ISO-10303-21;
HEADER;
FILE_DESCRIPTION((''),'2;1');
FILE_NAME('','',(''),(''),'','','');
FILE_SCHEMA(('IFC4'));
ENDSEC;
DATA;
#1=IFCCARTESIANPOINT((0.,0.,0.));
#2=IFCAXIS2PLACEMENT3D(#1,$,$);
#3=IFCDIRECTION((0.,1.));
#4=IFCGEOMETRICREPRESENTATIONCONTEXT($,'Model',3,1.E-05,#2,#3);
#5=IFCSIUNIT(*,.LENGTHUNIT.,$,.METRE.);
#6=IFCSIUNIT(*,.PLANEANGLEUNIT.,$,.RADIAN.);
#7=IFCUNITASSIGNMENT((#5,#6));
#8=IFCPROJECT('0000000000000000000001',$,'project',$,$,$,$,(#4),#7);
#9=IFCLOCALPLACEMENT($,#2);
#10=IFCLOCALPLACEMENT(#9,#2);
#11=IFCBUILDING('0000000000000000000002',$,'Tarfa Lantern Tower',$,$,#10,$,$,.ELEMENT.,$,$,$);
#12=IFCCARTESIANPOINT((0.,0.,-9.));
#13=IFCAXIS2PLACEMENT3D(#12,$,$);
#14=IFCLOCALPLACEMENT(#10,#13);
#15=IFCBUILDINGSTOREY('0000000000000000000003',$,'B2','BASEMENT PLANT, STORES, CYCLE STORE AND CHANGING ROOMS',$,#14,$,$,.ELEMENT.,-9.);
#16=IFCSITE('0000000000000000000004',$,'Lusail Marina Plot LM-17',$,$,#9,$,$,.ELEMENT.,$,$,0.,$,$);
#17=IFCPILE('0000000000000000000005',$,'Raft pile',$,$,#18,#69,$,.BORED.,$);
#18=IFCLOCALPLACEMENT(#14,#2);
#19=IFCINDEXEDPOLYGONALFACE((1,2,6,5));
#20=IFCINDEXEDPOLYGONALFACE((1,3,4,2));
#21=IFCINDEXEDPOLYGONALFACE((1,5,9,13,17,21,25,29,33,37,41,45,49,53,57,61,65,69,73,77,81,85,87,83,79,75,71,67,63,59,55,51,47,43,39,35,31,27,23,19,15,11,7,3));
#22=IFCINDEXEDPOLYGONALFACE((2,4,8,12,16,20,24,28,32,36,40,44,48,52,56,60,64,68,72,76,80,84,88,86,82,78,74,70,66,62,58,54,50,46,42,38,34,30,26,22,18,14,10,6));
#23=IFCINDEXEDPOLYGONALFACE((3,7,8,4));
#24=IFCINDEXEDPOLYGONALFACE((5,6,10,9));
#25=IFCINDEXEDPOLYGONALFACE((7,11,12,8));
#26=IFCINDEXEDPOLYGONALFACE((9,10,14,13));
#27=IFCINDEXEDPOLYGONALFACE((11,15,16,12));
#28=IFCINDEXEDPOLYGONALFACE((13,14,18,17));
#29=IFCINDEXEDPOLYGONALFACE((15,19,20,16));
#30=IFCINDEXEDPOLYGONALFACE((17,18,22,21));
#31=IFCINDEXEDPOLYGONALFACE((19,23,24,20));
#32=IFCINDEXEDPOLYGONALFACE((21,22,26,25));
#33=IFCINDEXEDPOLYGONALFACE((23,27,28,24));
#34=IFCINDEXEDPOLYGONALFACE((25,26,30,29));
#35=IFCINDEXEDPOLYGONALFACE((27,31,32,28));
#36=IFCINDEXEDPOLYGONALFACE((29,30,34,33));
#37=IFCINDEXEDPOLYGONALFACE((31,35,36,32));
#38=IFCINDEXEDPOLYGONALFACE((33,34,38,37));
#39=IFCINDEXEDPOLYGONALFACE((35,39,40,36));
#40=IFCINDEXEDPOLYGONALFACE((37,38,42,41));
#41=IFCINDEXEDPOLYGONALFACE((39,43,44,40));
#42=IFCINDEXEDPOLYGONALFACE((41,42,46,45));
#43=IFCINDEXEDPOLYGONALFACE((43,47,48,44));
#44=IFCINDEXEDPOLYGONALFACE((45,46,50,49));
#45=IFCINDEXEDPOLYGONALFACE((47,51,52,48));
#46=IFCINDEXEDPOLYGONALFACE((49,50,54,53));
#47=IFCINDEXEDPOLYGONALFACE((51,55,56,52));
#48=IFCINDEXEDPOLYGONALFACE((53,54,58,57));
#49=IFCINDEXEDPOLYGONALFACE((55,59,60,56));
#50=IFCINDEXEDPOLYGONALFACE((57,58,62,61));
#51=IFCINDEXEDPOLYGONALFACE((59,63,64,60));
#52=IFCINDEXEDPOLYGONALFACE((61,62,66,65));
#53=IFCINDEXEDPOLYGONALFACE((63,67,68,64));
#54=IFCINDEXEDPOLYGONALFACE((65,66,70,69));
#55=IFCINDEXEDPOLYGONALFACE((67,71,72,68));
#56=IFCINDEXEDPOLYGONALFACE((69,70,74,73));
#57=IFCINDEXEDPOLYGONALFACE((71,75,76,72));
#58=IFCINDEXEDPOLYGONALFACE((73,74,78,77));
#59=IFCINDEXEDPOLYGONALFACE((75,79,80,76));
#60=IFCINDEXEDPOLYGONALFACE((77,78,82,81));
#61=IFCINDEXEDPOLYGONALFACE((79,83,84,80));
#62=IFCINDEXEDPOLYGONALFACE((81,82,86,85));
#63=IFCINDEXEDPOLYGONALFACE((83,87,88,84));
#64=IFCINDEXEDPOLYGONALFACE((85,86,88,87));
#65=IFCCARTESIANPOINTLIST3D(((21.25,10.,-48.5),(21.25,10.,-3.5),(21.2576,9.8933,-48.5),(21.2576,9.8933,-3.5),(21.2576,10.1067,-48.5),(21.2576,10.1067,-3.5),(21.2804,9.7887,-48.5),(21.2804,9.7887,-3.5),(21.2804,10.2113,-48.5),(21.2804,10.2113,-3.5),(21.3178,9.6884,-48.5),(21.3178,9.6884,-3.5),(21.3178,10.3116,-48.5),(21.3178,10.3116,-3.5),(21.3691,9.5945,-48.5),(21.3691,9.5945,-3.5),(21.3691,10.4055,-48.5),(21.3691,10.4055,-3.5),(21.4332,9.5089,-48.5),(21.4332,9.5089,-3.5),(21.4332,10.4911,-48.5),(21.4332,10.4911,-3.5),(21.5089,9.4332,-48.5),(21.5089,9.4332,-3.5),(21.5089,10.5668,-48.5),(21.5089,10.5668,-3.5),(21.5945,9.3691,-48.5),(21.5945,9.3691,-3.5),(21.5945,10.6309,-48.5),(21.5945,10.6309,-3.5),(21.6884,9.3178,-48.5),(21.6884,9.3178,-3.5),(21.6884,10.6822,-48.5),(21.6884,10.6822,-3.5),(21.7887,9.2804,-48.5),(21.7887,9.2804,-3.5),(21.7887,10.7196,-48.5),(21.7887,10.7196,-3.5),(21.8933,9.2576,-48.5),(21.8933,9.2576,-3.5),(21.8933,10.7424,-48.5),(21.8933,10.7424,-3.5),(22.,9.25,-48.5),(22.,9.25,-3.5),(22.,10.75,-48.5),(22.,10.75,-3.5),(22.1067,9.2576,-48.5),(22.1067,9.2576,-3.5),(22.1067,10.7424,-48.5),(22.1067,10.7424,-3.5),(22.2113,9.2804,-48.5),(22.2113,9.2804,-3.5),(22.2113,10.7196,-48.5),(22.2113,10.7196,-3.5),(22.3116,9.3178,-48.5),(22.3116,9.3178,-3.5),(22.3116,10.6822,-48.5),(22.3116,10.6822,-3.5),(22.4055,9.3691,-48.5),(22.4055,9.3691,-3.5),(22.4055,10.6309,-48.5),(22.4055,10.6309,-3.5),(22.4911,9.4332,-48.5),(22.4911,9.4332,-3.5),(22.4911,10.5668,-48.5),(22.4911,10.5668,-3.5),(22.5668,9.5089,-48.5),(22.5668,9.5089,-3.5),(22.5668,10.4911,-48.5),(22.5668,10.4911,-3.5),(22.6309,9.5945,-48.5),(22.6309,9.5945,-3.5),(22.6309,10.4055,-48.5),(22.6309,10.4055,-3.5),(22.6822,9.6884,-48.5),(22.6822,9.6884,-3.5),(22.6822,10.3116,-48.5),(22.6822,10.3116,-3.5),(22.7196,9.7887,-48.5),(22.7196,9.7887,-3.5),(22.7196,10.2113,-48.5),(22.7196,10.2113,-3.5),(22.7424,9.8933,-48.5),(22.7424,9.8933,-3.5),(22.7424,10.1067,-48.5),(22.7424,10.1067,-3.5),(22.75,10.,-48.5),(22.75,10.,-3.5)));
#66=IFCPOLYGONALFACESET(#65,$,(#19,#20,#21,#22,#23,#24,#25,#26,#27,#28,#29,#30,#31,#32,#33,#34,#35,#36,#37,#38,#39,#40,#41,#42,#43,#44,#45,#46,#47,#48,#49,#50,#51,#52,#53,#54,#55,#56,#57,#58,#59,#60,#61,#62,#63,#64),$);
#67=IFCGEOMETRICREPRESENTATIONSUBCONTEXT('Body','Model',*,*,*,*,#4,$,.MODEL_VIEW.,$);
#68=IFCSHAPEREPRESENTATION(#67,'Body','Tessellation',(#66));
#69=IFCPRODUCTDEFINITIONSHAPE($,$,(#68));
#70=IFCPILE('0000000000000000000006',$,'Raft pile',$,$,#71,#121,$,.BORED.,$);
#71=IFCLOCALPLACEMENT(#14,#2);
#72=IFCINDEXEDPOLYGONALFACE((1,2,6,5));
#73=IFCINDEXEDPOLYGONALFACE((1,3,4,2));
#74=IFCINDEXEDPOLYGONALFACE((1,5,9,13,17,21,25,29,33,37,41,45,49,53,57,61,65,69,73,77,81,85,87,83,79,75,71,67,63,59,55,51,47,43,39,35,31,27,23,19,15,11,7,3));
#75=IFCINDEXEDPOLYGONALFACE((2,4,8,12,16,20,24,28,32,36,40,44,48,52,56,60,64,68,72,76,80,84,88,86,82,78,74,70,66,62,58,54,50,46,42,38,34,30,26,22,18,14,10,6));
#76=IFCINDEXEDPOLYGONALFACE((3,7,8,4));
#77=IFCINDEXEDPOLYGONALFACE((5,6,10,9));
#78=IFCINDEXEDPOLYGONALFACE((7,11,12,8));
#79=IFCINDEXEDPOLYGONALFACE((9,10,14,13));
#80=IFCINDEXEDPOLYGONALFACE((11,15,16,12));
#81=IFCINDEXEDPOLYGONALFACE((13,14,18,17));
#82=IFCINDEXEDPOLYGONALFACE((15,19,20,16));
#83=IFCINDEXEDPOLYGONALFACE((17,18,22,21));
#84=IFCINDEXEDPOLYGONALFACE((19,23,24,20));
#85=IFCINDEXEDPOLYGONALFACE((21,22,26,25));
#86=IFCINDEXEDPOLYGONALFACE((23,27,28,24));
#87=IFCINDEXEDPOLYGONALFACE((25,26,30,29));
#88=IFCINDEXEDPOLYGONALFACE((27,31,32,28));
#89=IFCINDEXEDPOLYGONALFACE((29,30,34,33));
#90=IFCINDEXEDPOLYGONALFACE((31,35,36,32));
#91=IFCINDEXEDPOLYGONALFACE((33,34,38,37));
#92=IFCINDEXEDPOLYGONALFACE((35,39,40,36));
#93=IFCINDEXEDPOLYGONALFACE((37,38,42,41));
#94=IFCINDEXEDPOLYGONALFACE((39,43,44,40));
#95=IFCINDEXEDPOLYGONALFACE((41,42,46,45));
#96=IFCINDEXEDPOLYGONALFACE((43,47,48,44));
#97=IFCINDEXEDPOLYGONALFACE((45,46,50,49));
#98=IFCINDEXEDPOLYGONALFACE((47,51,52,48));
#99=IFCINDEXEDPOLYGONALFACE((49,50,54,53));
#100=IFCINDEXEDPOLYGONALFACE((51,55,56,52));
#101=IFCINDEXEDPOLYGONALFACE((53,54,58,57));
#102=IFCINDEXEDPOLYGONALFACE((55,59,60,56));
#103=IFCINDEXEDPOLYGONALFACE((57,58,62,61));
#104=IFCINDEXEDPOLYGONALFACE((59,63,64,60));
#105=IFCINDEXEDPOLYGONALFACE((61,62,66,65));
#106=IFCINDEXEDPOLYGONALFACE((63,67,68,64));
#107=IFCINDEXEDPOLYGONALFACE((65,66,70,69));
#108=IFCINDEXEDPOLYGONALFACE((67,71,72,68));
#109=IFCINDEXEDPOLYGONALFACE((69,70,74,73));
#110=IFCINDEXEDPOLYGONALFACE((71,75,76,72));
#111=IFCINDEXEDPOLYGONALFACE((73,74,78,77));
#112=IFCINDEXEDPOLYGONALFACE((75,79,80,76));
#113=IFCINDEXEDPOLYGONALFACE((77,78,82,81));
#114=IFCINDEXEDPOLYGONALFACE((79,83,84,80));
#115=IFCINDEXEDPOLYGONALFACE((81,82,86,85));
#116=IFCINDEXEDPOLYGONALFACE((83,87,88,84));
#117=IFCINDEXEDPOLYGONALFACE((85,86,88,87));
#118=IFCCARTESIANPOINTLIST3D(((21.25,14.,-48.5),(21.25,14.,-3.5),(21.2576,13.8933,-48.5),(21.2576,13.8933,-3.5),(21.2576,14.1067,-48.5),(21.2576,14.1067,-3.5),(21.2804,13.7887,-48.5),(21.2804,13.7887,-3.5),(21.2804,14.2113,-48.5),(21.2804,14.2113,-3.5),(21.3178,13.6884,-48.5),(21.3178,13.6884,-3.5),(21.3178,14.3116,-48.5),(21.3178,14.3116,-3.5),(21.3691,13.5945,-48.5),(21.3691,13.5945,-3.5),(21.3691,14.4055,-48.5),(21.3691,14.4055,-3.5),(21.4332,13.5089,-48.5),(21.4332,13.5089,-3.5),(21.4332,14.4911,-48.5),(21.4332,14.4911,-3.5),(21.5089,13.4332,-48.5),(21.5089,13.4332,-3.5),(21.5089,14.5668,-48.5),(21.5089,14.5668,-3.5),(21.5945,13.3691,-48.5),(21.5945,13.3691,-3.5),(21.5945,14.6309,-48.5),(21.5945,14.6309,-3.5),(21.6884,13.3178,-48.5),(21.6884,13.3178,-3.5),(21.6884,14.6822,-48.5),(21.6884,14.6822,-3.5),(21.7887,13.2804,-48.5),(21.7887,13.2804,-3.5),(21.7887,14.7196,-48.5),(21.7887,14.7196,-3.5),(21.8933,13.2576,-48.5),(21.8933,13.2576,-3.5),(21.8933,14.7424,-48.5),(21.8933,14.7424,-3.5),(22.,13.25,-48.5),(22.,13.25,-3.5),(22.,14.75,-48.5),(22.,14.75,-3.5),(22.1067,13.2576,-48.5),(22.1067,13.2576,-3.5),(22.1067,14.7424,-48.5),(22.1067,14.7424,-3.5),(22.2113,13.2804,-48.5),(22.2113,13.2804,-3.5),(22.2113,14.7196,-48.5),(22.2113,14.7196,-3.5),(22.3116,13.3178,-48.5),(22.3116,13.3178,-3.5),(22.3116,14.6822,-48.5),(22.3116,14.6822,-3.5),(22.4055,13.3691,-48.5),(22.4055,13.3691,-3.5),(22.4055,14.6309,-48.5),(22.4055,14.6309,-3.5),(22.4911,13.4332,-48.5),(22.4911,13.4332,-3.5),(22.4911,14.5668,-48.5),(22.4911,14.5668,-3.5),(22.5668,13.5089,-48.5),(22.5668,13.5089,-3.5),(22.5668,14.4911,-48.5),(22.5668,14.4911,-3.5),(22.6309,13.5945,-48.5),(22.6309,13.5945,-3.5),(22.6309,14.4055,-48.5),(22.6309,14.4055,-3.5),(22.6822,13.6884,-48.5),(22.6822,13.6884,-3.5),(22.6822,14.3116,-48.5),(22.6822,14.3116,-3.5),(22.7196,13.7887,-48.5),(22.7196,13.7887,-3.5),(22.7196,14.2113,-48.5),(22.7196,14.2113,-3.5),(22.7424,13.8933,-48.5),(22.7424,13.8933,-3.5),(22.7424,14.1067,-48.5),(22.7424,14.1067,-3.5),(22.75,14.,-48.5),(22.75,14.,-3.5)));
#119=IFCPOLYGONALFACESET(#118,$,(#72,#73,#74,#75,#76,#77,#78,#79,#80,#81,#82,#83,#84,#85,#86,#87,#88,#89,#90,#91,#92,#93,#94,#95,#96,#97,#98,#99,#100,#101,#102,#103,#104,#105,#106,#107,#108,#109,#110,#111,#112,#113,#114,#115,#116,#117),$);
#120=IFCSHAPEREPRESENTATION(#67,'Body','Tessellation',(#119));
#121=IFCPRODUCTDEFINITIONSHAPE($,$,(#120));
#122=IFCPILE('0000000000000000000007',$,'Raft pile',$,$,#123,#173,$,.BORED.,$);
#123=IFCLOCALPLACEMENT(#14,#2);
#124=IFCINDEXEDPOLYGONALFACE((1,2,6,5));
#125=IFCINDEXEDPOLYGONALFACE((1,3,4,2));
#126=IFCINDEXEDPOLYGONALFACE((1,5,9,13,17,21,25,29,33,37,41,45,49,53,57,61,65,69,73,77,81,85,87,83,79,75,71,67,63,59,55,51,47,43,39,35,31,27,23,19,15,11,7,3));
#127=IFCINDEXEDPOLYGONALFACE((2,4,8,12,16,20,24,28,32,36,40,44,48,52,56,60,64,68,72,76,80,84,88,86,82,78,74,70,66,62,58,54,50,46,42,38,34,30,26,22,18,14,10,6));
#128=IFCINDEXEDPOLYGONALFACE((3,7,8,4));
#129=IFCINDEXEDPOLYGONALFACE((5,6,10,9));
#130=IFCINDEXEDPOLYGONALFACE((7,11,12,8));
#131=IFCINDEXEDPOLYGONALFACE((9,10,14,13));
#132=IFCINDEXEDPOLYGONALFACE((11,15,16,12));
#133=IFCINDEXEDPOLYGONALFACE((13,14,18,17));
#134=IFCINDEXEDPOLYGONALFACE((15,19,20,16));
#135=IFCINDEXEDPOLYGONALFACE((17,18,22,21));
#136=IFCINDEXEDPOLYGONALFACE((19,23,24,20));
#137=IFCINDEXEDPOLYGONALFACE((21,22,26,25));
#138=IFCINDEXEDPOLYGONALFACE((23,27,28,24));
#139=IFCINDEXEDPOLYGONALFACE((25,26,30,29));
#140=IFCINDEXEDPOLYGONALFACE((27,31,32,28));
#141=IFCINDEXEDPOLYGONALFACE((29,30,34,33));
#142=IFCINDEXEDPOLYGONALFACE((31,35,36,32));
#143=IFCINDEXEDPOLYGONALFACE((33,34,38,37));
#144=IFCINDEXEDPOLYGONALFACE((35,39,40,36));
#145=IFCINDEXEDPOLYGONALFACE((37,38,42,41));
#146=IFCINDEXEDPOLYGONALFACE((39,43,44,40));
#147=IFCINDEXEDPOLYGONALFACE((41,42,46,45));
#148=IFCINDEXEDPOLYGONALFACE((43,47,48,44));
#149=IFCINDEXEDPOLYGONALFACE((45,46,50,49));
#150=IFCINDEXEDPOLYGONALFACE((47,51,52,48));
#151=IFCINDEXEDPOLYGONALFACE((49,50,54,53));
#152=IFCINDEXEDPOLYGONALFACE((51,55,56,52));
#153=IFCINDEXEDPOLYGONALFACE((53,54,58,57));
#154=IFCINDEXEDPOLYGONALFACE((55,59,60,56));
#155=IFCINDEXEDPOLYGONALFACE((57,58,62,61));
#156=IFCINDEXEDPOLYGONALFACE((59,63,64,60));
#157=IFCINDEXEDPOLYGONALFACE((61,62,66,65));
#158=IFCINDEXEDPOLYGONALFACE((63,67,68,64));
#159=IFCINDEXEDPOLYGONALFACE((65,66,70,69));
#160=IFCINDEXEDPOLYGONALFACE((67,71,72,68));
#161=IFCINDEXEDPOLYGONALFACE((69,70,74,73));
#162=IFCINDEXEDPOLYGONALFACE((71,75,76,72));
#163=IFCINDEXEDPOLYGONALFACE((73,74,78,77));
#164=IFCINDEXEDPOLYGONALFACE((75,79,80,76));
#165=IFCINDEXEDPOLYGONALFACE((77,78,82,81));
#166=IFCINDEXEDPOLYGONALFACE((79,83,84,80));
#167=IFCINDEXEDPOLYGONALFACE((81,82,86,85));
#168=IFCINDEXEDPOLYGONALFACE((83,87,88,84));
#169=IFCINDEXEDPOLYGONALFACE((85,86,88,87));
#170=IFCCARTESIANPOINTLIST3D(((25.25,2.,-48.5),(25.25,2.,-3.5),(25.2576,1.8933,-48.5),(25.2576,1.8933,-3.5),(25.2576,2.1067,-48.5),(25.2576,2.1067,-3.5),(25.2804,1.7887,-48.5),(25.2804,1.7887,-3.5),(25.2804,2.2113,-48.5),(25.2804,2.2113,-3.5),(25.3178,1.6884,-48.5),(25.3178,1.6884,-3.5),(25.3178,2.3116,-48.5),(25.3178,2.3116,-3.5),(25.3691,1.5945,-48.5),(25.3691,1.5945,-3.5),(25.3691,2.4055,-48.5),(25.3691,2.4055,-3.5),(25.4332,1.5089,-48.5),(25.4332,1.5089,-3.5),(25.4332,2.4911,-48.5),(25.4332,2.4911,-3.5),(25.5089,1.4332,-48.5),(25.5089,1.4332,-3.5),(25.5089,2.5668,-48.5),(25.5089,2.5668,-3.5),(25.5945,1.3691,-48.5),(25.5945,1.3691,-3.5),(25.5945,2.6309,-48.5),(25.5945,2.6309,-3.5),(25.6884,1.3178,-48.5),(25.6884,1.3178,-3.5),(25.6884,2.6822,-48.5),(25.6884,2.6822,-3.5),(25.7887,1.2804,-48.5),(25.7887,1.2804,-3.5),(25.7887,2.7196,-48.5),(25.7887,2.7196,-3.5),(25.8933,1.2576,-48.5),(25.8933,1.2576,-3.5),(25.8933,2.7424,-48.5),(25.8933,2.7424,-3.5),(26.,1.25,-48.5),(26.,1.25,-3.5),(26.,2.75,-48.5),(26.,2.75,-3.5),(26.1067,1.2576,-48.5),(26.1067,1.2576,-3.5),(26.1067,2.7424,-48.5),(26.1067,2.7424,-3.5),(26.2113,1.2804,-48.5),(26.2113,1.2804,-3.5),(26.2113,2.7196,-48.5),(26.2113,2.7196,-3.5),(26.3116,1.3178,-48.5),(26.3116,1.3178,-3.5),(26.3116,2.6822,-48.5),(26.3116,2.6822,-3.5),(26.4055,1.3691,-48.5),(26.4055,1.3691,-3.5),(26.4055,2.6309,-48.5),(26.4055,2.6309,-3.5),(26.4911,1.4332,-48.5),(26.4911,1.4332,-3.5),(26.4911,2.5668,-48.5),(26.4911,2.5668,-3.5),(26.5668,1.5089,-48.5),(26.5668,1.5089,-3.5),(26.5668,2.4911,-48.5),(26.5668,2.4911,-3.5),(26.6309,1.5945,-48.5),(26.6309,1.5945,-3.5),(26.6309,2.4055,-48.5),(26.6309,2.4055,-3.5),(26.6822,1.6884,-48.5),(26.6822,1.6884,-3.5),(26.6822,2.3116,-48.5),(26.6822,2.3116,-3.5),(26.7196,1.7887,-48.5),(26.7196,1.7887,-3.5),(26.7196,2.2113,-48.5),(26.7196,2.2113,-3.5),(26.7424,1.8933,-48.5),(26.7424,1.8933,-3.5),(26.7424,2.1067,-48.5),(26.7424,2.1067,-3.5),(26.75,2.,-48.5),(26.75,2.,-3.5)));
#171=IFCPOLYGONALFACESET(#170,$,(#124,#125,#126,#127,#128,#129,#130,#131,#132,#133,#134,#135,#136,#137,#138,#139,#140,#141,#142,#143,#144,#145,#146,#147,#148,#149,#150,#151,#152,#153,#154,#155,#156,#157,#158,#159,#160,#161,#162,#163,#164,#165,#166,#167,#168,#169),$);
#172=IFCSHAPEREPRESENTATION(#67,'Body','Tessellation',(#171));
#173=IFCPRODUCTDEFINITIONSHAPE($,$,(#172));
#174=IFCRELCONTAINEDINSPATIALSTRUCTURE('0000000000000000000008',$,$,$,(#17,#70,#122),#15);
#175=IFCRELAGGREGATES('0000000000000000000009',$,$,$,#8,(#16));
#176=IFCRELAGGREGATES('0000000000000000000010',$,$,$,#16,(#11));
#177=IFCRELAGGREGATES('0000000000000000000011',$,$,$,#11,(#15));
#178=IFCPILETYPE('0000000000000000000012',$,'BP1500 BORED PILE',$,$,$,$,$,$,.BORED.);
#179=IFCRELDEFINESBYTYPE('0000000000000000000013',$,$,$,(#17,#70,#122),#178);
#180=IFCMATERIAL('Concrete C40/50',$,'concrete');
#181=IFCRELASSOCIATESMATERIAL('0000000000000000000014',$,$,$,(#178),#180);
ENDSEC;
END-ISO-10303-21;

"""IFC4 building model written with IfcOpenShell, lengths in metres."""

from ifc_helpers import new_model, si_unit, direction, frame, origin, origin_2d, place, context, subcontext, project, spatial, circle, extrude, material, material_profile, profile_set, type_object, element, save


model = new_model("IFC4")

# Units and contexts
model_context = context("Model", 3, precision=1e-05, world=origin(), true_north=direction((0.0, 1.0)))
body_context = subcontext(model_context, "Body", "Model", "MODEL_VIEW")
ifc_project = project(units=[si_unit("LENGTHUNIT", "METRE"), si_unit("PLANEANGLEUNIT", "RADIAN")], contexts=[model_context])

# Site, building, storey
site_placement = place(None, origin())
site = spatial("IfcSite", under=ifc_project, at=site_placement, Name="Lusail Marina Plot LM-17", CompositionType="ELEMENT", RefElevation=0.0)
building_placement = place(site_placement, origin())
building = spatial("IfcBuilding", under=site, at=building_placement, Name="Tarfa Lantern Tower", CompositionType="ELEMENT")
storey_placement = place(building_placement, frame((0.0, 0.0, -9.0)))
storey = spatial("IfcBuildingStorey", under=building, at=storey_placement, Name="B2", Description="BASEMENT PLANT, STORES, CYCLE STORE AND CHANGING ROOMS", CompositionType="ELEMENT", Elevation=-9.0)

# Piles
ifc_material_1 = material(Name="Concrete C40/50", Category="concrete")
ifc_material_profile_1 = material_profile(ifc_material_1, circle(Radius=0.75, at=origin_2d()), Name="BORED PILE D1500")
ifc_profile_set_1 = profile_set([ifc_material_profile_1], Name="Concrete C40/50")
pile_type = type_object("IfcPileType", Name="BP1500 BORED PILE", PredefinedType="BORED", material=ifc_profile_set_1)
for number, where, z_axis, x_axis, name in (
    (1, (22.0, 10.0, -3.5), (0.0, 0.0, -1.0), (1.0, 0.0, 0.0), "Raft pile"),
    (2, (22.0, 14.0, -3.5), (0.0, 0.0, -1.0), (1.0, 0.0, 0.0), "Raft pile"),
    (3, (26.0, 2.0, -3.5), (0.0, 0.0, -1.0), (1.0, 0.0, 0.0), "Raft pile"),
):
    element("IfcPile", number, at=place(storey_placement, frame(where, z_axis=z_axis, x_axis=x_axis)), inside=storey, type_object=pile_type, Name=name, PredefinedType="BORED", context=body_context, shape_type="SweptSolid", body=[
        extrude(circle(Radius=0.75, at=origin_2d()), origin(), (0.0, 0.0, 1.0), 45.0),
    ])

save(model, "model.ifc")
